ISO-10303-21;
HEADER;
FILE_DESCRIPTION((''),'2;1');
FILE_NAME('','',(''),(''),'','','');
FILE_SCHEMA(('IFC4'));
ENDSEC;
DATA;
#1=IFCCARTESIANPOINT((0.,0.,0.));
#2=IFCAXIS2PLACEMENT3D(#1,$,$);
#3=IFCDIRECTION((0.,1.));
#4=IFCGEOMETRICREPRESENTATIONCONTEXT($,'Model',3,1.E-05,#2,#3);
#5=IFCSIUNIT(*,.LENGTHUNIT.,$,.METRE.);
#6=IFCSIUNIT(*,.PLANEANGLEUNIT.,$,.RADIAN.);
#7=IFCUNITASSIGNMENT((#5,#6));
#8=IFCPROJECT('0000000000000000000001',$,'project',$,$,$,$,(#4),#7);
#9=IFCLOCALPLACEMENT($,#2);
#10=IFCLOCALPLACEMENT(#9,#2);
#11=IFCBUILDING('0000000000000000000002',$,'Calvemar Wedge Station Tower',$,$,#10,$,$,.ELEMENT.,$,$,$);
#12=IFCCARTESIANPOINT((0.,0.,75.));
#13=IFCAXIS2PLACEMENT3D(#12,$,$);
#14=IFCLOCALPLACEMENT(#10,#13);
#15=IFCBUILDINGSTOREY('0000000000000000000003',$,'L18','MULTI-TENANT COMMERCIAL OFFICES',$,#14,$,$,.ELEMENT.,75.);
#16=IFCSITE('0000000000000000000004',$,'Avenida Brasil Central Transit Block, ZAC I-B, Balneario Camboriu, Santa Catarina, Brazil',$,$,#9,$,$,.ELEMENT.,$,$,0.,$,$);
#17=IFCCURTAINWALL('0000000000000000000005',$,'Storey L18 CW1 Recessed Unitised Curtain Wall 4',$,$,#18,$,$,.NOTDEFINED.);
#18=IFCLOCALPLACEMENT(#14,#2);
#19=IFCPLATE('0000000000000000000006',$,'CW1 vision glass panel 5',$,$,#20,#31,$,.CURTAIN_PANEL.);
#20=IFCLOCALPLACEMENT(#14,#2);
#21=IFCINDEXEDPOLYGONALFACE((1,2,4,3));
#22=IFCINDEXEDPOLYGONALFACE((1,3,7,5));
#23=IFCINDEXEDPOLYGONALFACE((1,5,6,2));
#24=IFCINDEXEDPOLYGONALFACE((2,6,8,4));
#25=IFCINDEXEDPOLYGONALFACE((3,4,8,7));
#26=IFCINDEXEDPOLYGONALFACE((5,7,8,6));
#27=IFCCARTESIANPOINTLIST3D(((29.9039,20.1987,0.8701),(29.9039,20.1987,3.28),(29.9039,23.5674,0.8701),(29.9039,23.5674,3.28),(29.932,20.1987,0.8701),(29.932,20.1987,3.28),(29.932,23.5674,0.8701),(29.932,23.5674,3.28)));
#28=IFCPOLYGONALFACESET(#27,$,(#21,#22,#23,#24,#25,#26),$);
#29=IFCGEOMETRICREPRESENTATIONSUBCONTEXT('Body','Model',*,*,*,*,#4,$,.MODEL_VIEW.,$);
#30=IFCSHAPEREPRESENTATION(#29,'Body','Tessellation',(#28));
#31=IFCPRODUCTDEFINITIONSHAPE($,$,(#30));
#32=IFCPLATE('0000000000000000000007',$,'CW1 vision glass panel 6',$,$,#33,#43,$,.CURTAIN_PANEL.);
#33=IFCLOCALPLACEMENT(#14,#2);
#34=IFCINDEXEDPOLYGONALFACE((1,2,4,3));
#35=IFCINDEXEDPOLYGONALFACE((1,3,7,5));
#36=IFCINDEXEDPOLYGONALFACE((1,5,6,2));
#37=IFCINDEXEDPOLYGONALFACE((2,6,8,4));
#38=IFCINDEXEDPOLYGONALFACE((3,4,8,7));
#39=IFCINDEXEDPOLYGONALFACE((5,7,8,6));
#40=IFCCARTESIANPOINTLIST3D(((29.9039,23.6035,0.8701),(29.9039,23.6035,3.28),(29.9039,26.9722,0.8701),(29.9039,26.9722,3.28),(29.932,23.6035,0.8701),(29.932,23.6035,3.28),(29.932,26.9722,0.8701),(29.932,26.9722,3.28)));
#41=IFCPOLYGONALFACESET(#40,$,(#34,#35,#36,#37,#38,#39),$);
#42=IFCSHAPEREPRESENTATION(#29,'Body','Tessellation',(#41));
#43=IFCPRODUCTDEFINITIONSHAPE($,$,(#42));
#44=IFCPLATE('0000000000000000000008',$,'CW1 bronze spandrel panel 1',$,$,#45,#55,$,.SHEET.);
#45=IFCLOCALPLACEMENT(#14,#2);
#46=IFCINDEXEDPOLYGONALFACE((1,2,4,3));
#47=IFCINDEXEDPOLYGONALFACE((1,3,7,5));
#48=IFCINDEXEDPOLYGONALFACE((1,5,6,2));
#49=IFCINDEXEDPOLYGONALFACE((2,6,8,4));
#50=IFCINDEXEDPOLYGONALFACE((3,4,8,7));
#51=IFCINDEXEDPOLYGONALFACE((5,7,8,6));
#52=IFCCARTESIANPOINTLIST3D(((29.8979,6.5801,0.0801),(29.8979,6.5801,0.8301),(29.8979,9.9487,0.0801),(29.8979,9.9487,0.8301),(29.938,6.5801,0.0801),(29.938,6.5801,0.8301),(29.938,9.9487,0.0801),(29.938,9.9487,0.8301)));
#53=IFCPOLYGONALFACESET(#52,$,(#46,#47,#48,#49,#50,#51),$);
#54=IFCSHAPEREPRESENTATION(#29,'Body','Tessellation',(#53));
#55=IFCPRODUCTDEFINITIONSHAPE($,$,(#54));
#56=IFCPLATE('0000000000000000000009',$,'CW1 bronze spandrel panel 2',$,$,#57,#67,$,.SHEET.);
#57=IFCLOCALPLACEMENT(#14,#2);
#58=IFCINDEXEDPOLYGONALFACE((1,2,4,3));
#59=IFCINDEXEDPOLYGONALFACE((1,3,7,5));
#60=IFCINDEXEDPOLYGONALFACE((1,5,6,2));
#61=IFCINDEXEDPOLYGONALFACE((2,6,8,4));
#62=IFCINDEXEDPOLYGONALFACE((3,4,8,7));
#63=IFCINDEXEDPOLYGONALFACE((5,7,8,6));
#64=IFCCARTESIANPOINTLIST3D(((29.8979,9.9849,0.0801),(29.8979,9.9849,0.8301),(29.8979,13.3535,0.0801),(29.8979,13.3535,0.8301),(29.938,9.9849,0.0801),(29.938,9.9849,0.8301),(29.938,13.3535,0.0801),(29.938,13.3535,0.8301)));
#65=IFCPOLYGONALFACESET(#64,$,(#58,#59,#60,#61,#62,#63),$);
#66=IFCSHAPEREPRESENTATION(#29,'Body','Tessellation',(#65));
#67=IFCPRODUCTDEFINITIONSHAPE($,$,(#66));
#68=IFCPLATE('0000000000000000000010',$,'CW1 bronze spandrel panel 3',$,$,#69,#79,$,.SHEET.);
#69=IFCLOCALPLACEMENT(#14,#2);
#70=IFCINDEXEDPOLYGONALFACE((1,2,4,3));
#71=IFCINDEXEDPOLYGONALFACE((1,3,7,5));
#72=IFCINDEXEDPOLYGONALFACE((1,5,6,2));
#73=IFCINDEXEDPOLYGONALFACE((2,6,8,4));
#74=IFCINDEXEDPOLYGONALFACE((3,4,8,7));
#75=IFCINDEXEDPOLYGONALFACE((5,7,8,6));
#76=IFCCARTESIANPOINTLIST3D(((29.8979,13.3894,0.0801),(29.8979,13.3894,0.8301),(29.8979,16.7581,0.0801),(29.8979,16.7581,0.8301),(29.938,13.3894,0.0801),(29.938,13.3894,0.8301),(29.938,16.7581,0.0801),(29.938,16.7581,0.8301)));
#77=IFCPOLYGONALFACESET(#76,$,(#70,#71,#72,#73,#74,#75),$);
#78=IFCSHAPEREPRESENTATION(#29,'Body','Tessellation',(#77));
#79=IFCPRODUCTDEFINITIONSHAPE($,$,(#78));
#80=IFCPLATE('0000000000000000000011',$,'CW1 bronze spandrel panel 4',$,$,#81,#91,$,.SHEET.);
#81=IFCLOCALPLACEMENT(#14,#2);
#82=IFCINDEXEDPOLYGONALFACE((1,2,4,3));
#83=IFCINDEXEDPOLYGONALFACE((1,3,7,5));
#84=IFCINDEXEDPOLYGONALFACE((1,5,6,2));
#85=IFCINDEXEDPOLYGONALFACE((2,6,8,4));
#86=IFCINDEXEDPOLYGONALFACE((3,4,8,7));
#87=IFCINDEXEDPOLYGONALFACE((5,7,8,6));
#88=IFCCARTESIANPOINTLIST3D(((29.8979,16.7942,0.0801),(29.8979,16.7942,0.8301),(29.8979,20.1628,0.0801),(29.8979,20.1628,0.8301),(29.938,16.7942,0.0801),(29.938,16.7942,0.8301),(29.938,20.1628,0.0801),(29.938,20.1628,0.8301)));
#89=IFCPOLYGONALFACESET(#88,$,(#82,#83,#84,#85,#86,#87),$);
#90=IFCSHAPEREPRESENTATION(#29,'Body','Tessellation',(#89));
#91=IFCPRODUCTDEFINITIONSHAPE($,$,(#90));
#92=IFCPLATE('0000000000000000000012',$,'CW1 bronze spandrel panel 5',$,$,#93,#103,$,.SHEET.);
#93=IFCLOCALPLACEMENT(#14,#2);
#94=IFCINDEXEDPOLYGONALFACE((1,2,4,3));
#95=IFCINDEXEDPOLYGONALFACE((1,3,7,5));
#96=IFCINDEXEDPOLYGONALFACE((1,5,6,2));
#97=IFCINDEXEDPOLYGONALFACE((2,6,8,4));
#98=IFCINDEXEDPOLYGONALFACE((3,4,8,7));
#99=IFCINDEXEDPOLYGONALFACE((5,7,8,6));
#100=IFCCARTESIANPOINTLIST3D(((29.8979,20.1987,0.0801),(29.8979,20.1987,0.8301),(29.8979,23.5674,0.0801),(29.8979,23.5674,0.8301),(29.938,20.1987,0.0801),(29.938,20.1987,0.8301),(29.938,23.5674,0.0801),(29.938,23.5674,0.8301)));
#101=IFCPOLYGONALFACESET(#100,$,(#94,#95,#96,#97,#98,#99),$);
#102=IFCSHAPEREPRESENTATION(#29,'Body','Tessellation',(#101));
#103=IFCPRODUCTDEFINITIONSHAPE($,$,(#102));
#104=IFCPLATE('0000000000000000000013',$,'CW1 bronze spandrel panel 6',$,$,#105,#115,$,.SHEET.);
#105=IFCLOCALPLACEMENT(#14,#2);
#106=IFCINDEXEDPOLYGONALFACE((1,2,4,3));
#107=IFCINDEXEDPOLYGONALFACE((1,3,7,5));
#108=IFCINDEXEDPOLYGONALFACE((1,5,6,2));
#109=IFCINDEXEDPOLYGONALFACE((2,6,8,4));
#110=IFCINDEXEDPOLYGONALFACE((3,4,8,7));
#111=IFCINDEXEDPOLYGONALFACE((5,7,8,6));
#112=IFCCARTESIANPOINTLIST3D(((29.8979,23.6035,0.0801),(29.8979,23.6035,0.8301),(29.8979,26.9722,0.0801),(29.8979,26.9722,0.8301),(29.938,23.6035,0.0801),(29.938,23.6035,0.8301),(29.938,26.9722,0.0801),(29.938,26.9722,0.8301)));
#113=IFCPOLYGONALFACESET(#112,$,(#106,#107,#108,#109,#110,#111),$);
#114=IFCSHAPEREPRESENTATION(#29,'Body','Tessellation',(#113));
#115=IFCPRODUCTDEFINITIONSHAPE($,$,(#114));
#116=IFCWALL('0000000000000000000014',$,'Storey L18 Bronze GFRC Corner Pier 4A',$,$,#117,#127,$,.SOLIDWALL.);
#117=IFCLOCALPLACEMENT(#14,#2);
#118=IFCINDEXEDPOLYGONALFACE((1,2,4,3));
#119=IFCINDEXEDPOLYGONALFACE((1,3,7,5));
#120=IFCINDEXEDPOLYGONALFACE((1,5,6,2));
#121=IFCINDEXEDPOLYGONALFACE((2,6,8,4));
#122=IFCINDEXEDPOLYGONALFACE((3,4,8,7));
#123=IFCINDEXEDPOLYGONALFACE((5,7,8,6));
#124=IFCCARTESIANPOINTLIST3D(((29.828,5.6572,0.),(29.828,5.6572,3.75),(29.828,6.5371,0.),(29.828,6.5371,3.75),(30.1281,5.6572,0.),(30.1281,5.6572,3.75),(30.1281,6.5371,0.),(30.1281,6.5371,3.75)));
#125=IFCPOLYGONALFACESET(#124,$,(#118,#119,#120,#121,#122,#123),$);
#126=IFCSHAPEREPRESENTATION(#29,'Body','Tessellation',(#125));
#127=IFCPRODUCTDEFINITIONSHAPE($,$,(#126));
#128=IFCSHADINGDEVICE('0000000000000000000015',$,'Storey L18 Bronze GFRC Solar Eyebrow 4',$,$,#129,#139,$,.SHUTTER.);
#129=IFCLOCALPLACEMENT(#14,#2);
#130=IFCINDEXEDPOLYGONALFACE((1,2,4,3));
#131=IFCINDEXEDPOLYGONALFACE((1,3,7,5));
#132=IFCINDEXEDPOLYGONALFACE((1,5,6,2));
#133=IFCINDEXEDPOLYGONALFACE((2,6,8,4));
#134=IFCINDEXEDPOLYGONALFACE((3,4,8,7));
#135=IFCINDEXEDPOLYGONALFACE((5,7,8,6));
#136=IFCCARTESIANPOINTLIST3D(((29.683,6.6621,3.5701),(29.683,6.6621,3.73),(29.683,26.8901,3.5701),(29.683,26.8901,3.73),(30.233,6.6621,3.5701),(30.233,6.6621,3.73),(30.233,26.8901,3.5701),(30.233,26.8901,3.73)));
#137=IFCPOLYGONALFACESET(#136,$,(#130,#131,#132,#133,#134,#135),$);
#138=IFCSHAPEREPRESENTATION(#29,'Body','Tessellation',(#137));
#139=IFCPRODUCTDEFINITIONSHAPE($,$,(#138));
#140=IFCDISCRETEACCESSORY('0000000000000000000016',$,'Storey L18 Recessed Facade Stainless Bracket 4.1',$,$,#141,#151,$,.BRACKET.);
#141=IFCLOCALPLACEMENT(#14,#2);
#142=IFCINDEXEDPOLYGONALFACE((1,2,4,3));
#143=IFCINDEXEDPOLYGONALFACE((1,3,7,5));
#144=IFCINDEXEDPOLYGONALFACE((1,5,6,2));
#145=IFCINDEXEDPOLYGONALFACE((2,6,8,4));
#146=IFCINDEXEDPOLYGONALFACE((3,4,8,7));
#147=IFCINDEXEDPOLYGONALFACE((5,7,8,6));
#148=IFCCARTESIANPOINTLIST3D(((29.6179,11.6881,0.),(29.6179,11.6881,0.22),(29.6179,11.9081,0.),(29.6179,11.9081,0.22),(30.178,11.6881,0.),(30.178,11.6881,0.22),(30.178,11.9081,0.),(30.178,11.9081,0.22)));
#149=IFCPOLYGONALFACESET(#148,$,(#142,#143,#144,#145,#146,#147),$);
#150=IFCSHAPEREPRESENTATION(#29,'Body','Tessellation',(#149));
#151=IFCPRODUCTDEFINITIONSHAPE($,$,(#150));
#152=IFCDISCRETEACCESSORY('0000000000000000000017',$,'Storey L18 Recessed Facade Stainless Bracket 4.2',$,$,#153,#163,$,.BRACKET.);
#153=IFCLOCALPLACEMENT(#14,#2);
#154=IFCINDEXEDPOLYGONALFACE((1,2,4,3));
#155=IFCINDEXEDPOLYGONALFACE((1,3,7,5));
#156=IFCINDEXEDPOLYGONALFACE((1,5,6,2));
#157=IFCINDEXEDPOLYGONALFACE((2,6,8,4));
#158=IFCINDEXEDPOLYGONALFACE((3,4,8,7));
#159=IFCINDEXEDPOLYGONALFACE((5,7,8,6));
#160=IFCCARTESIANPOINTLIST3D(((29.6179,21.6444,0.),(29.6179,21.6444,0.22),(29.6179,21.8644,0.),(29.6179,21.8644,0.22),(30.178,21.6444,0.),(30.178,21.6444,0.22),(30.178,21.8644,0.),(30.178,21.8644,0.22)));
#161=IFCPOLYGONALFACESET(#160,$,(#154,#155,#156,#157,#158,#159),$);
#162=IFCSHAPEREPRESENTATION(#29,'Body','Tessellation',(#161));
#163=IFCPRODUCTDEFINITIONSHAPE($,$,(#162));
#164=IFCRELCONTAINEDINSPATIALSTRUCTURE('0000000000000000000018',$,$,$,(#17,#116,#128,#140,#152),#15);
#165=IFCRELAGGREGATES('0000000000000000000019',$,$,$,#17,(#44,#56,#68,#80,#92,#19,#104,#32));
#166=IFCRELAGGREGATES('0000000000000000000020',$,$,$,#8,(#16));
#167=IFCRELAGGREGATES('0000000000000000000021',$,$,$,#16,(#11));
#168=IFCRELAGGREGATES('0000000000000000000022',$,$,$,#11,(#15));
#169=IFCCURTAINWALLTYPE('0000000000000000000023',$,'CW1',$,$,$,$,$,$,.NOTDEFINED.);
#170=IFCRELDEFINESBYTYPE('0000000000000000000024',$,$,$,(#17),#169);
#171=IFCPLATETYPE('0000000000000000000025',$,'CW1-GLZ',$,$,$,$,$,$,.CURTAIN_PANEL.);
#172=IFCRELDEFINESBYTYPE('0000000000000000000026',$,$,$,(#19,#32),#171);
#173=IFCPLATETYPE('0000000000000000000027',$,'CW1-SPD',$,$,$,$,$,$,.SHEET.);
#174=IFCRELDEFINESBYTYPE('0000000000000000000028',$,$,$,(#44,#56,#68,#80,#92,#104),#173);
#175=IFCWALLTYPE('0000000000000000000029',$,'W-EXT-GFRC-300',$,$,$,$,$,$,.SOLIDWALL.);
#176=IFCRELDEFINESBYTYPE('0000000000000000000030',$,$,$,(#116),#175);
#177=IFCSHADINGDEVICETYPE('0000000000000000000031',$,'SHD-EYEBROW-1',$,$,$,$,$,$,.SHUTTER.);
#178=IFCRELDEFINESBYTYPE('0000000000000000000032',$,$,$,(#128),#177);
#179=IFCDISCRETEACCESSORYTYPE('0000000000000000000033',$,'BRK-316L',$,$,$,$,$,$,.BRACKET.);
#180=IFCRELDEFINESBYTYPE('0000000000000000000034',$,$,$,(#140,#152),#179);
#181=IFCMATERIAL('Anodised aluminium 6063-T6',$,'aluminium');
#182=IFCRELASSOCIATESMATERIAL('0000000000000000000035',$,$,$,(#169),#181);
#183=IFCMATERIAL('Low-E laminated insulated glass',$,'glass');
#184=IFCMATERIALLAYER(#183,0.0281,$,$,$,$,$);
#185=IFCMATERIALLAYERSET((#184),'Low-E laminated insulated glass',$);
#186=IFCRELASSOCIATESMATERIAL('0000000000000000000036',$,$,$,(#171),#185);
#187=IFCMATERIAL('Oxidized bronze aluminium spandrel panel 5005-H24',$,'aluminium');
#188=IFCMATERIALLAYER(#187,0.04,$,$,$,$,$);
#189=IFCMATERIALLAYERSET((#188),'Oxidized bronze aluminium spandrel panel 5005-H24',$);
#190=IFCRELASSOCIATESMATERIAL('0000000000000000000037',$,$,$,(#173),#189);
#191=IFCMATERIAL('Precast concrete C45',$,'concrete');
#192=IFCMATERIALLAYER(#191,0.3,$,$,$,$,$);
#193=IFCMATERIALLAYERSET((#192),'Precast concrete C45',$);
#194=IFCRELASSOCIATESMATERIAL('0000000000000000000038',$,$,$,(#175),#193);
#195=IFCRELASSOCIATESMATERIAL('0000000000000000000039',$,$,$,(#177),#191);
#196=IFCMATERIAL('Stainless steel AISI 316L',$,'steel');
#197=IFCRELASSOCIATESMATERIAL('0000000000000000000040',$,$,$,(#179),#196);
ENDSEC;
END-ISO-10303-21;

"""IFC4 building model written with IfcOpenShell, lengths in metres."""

from ifc_helpers import new_model, si_unit, direction, frame, frame_2d, origin, origin_2d, place, context, subcontext, project, spatial, rectangle, extrude, source, transform, mapped, material, layer, layer_set, type_object, element, aggregate, save


model = new_model("IFC4")

# Units and contexts
model_context = context("Model", 3, precision=1e-05, world=origin(), true_north=direction((0.0, 1.0)))
body_context = subcontext(model_context, "Body", "Model", "MODEL_VIEW")
ifc_project = project(units=[si_unit("LENGTHUNIT", "METRE"), si_unit("PLANEANGLEUNIT", "RADIAN")], contexts=[model_context])

# Site, building, storey
site_placement = place(None, origin())
site = spatial("IfcSite", under=ifc_project, at=site_placement, Name="Avenida Brasil Central Transit Block, ZAC I-B, Balneario Camboriu, Santa Catarina, Brazil", CompositionType="ELEMENT", RefElevation=0.0)
building_placement = place(site_placement, origin())
building = spatial("IfcBuilding", under=site, at=building_placement, Name="Calvemar Wedge Station Tower", CompositionType="ELEMENT")
storey_placement = place(building_placement, frame((0.0, 0.0, 75.0)))
storey = spatial("IfcBuildingStorey", under=building, at=storey_placement, Name="L18", Description="MULTI-TENANT COMMERCIAL OFFICES", CompositionType="ELEMENT", Elevation=75.0)

# Curtain wall, plates
ifc_material_1 = material(Name="Anodised aluminium 6063-T6", Category="aluminium")
curtain_wall_type = type_object("IfcCurtainWallType", Name="CW1", PredefinedType="NOTDEFINED", material=ifc_material_1)
curtain_wall_placement = place(storey_placement, origin())
curtain_wall = element("IfcCurtainWall", 1, at=curtain_wall_placement, inside=storey, type_object=curtain_wall_type, Name="Storey L18 CW1 Recessed Unitised Curtain Wall 4", PredefinedType="NOTDEFINED")
ifc_material_2 = material(Name="Low-E laminated insulated glass", Category="glass")
ifc_layer_1 = layer(ifc_material_2, 0.0281)
ifc_layer_set_1 = layer_set([ifc_layer_1], Name="Low-E laminated insulated glass")
plate_type_1 = type_object("IfcPlateType", Name="CW1-GLZ", PredefinedType="CURTAIN_PANEL", material=ifc_layer_set_1)
plate_1_placement = place(storey_placement, frame((29.918, 20.1987, 0.8701), z_axis=(0.0, 0.0, 1.0), x_axis=(0.0, 1.0, 0.0)))
plate_1 = element("IfcPlate", 2, at=plate_1_placement, type_object=plate_type_1, Name="CW1 vision glass panel 5", PredefinedType="CURTAIN_PANEL", context=body_context, shape_type="SweptSolid", body=[
    extrude(rectangle(XDim=3.3687, YDim=0.0281, at=frame_2d((1.6843, 0.0))), origin(), (0.0, 0.0, 1.0), 2.4099),
])
plate_2_placement = place(storey_placement, frame((29.918, 23.6035, 0.8701), z_axis=(0.0, 0.0, 1.0), x_axis=(0.0, 1.0, 0.0)))
plate_2 = element("IfcPlate", 3, at=plate_2_placement, type_object=plate_type_1, Name="CW1 vision glass panel 6", PredefinedType="CURTAIN_PANEL", context=body_context, shape_type="SweptSolid", body=[
    extrude(rectangle(XDim=3.3687, YDim=0.0281, at=frame_2d((1.6843, 0.0))), origin(), (0.0, 0.0, 1.0), 2.4099),
])
ifc_material_3 = material(Name="Oxidized bronze aluminium spandrel panel 5005-H24", Category="aluminium")
ifc_layer_2 = layer(ifc_material_3, 0.04)
ifc_layer_set_2 = layer_set([ifc_layer_2], Name="Oxidized bronze aluminium spandrel panel 5005-H24")
plate_type_2 = type_object("IfcPlateType", Name="CW1-SPD", PredefinedType="SHEET", material=ifc_layer_set_2)
plate_3_placement = place(storey_placement, frame((29.918, 6.5801, 0.0801), z_axis=(0.0, 0.0, 1.0), x_axis=(0.0, 1.0, 0.0)))
plate_3 = element("IfcPlate", 4, at=plate_3_placement, type_object=plate_type_2, Name="CW1 bronze spandrel panel 1", PredefinedType="SHEET", context=body_context, shape_type="SweptSolid", body=[
    extrude(rectangle(XDim=3.3687, YDim=0.04, at=frame_2d((1.6843, 0.0))), origin(), (0.0, 0.0, 1.0), 0.75),
])
plate_4_placement = place(storey_placement, frame((29.918, 9.9849, 0.0801), z_axis=(0.0, 0.0, 1.0), x_axis=(0.0, 1.0, 0.0)))
plate_4 = element("IfcPlate", 5, at=plate_4_placement, type_object=plate_type_2, Name="CW1 bronze spandrel panel 2", PredefinedType="SHEET", context=body_context, shape_type="SweptSolid", body=[
    extrude(rectangle(XDim=3.3687, YDim=0.04, at=frame_2d((1.6843, 0.0))), origin(), (0.0, 0.0, 1.0), 0.75),
])
plate_5_placement = place(storey_placement, frame((29.918, 13.3894, 0.0801), z_axis=(0.0, 0.0, 1.0), x_axis=(0.0, 1.0, 0.0)))
plate_5 = element("IfcPlate", 6, at=plate_5_placement, type_object=plate_type_2, Name="CW1 bronze spandrel panel 3", PredefinedType="SHEET", context=body_context, shape_type="SweptSolid", body=[
    extrude(rectangle(XDim=3.3687, YDim=0.04, at=frame_2d((1.6843, 0.0))), origin(), (0.0, 0.0, 1.0), 0.75),
])
plate_6_placement = place(storey_placement, frame((29.918, 16.7942, 0.0801), z_axis=(0.0, 0.0, 1.0), x_axis=(0.0, 1.0, 0.0)))
plate_6 = element("IfcPlate", 7, at=plate_6_placement, type_object=plate_type_2, Name="CW1 bronze spandrel panel 4", PredefinedType="SHEET", context=body_context, shape_type="SweptSolid", body=[
    extrude(rectangle(XDim=3.3687, YDim=0.04, at=frame_2d((1.6843, 0.0))), origin(), (0.0, 0.0, 1.0), 0.75),
])
plate_7_placement = place(storey_placement, frame((29.918, 20.1987, 0.0801), z_axis=(0.0, 0.0, 1.0), x_axis=(0.0, 1.0, 0.0)))
plate_7 = element("IfcPlate", 8, at=plate_7_placement, type_object=plate_type_2, Name="CW1 bronze spandrel panel 5", PredefinedType="SHEET", context=body_context, shape_type="SweptSolid", body=[
    extrude(rectangle(XDim=3.3687, YDim=0.04, at=frame_2d((1.6843, 0.0))), origin(), (0.0, 0.0, 1.0), 0.75),
])
plate_8_placement = place(storey_placement, frame((29.918, 23.6035, 0.0801), z_axis=(0.0, 0.0, 1.0), x_axis=(0.0, 1.0, 0.0)))
plate_8 = element("IfcPlate", 9, at=plate_8_placement, type_object=plate_type_2, Name="CW1 bronze spandrel panel 6", PredefinedType="SHEET", context=body_context, shape_type="SweptSolid", body=[
    extrude(rectangle(XDim=3.3687, YDim=0.04, at=frame_2d((1.6843, 0.0))), origin(), (0.0, 0.0, 1.0), 0.75),
])
aggregate(curtain_wall, [plate_3, plate_4, plate_5, plate_6, plate_7, plate_1, plate_8, plate_2])

# Wall
ifc_material_4 = material(Name="Precast concrete C45", Category="concrete")
ifc_layer_3 = layer(ifc_material_4, 0.3)
ifc_layer_set_3 = layer_set([ifc_layer_3], Name="Precast concrete C45")
wall_type = type_object("IfcWallType", Name="W-EXT-GFRC-300", PredefinedType="SOLIDWALL", material=ifc_layer_set_3)
wall_placement = place(storey_placement, frame((29.978, 5.6572, 0.0), z_axis=(0.0, 0.0, 1.0), x_axis=(0.0, 1.0, 0.0)))
element("IfcWall", 10, at=wall_placement, inside=storey, type_object=wall_type, Name="Storey L18 Bronze GFRC Corner Pier 4A", PredefinedType="SOLIDWALL", context=body_context, shape_type="SweptSolid", body=[
    extrude(rectangle(XDim=0.8799, YDim=0.3, at=frame_2d((0.4399, 0.0))), origin(), (0.0, 0.0, 1.0), 3.75),
])

# Shading device
shading_device_type = type_object("IfcShadingDeviceType", Name="SHD-EYEBROW-1", PredefinedType="SHUTTER", material=ifc_material_4)
shading_device_placement = place(storey_placement, frame((29.958, 6.6621, 3.5701), z_axis=(0.0, 0.0, 1.0), x_axis=(0.0, 1.0, 0.0)))
element("IfcShadingDevice", 11, at=shading_device_placement, inside=storey, type_object=shading_device_type, Name="Storey L18 Bronze GFRC Solar Eyebrow 4", PredefinedType="SHUTTER", context=body_context, shape_type="SweptSolid", body=[
    extrude(rectangle(XDim=20.228, YDim=0.55, at=frame_2d((10.114, 0.0))), origin(), (0.0, 0.0, 1.0), 0.1599),
])

# Discrete accessories
ifc_material_5 = material(Name="Stainless steel AISI 316L", Category="steel")
discrete_accessory_type = type_object("IfcDiscreteAccessoryType", Name="BRK-316L", PredefinedType="BRACKET", material=ifc_material_5)
shared_shape_1 = source(origin(), body_context, "Body", "SweptSolid", [
    extrude(rectangle(XDim=0.22, YDim=0.5601, at=origin_2d()), origin(), (0.0, 0.0, 1.0), 0.22),
])
for number, where, z_axis, x_axis, name in (
    (12, (29.8979, 11.7981, 0.0), (0.0, 0.0, 1.0), (0.0, 1.0, 0.0), "Storey L18 Recessed Facade Stainless Bracket 4.1"),
    (13, (29.8979, 21.7544, 0.0), (0.0, 0.0, 1.0), (0.0, 1.0, 0.0), "Storey L18 Recessed Facade Stainless Bracket 4.2"),
):
    element("IfcDiscreteAccessory", number, at=place(storey_placement, frame(where, z_axis=z_axis, x_axis=x_axis)), inside=storey, type_object=discrete_accessory_type, Name=name, PredefinedType="BRACKET", context=body_context, shape_type="MappedRepresentation", body=[
        mapped(shared_shape_1, transform((0.0, 0.0, 0.0), scale=1.0)),
    ])

save(model, "model.ifc")
